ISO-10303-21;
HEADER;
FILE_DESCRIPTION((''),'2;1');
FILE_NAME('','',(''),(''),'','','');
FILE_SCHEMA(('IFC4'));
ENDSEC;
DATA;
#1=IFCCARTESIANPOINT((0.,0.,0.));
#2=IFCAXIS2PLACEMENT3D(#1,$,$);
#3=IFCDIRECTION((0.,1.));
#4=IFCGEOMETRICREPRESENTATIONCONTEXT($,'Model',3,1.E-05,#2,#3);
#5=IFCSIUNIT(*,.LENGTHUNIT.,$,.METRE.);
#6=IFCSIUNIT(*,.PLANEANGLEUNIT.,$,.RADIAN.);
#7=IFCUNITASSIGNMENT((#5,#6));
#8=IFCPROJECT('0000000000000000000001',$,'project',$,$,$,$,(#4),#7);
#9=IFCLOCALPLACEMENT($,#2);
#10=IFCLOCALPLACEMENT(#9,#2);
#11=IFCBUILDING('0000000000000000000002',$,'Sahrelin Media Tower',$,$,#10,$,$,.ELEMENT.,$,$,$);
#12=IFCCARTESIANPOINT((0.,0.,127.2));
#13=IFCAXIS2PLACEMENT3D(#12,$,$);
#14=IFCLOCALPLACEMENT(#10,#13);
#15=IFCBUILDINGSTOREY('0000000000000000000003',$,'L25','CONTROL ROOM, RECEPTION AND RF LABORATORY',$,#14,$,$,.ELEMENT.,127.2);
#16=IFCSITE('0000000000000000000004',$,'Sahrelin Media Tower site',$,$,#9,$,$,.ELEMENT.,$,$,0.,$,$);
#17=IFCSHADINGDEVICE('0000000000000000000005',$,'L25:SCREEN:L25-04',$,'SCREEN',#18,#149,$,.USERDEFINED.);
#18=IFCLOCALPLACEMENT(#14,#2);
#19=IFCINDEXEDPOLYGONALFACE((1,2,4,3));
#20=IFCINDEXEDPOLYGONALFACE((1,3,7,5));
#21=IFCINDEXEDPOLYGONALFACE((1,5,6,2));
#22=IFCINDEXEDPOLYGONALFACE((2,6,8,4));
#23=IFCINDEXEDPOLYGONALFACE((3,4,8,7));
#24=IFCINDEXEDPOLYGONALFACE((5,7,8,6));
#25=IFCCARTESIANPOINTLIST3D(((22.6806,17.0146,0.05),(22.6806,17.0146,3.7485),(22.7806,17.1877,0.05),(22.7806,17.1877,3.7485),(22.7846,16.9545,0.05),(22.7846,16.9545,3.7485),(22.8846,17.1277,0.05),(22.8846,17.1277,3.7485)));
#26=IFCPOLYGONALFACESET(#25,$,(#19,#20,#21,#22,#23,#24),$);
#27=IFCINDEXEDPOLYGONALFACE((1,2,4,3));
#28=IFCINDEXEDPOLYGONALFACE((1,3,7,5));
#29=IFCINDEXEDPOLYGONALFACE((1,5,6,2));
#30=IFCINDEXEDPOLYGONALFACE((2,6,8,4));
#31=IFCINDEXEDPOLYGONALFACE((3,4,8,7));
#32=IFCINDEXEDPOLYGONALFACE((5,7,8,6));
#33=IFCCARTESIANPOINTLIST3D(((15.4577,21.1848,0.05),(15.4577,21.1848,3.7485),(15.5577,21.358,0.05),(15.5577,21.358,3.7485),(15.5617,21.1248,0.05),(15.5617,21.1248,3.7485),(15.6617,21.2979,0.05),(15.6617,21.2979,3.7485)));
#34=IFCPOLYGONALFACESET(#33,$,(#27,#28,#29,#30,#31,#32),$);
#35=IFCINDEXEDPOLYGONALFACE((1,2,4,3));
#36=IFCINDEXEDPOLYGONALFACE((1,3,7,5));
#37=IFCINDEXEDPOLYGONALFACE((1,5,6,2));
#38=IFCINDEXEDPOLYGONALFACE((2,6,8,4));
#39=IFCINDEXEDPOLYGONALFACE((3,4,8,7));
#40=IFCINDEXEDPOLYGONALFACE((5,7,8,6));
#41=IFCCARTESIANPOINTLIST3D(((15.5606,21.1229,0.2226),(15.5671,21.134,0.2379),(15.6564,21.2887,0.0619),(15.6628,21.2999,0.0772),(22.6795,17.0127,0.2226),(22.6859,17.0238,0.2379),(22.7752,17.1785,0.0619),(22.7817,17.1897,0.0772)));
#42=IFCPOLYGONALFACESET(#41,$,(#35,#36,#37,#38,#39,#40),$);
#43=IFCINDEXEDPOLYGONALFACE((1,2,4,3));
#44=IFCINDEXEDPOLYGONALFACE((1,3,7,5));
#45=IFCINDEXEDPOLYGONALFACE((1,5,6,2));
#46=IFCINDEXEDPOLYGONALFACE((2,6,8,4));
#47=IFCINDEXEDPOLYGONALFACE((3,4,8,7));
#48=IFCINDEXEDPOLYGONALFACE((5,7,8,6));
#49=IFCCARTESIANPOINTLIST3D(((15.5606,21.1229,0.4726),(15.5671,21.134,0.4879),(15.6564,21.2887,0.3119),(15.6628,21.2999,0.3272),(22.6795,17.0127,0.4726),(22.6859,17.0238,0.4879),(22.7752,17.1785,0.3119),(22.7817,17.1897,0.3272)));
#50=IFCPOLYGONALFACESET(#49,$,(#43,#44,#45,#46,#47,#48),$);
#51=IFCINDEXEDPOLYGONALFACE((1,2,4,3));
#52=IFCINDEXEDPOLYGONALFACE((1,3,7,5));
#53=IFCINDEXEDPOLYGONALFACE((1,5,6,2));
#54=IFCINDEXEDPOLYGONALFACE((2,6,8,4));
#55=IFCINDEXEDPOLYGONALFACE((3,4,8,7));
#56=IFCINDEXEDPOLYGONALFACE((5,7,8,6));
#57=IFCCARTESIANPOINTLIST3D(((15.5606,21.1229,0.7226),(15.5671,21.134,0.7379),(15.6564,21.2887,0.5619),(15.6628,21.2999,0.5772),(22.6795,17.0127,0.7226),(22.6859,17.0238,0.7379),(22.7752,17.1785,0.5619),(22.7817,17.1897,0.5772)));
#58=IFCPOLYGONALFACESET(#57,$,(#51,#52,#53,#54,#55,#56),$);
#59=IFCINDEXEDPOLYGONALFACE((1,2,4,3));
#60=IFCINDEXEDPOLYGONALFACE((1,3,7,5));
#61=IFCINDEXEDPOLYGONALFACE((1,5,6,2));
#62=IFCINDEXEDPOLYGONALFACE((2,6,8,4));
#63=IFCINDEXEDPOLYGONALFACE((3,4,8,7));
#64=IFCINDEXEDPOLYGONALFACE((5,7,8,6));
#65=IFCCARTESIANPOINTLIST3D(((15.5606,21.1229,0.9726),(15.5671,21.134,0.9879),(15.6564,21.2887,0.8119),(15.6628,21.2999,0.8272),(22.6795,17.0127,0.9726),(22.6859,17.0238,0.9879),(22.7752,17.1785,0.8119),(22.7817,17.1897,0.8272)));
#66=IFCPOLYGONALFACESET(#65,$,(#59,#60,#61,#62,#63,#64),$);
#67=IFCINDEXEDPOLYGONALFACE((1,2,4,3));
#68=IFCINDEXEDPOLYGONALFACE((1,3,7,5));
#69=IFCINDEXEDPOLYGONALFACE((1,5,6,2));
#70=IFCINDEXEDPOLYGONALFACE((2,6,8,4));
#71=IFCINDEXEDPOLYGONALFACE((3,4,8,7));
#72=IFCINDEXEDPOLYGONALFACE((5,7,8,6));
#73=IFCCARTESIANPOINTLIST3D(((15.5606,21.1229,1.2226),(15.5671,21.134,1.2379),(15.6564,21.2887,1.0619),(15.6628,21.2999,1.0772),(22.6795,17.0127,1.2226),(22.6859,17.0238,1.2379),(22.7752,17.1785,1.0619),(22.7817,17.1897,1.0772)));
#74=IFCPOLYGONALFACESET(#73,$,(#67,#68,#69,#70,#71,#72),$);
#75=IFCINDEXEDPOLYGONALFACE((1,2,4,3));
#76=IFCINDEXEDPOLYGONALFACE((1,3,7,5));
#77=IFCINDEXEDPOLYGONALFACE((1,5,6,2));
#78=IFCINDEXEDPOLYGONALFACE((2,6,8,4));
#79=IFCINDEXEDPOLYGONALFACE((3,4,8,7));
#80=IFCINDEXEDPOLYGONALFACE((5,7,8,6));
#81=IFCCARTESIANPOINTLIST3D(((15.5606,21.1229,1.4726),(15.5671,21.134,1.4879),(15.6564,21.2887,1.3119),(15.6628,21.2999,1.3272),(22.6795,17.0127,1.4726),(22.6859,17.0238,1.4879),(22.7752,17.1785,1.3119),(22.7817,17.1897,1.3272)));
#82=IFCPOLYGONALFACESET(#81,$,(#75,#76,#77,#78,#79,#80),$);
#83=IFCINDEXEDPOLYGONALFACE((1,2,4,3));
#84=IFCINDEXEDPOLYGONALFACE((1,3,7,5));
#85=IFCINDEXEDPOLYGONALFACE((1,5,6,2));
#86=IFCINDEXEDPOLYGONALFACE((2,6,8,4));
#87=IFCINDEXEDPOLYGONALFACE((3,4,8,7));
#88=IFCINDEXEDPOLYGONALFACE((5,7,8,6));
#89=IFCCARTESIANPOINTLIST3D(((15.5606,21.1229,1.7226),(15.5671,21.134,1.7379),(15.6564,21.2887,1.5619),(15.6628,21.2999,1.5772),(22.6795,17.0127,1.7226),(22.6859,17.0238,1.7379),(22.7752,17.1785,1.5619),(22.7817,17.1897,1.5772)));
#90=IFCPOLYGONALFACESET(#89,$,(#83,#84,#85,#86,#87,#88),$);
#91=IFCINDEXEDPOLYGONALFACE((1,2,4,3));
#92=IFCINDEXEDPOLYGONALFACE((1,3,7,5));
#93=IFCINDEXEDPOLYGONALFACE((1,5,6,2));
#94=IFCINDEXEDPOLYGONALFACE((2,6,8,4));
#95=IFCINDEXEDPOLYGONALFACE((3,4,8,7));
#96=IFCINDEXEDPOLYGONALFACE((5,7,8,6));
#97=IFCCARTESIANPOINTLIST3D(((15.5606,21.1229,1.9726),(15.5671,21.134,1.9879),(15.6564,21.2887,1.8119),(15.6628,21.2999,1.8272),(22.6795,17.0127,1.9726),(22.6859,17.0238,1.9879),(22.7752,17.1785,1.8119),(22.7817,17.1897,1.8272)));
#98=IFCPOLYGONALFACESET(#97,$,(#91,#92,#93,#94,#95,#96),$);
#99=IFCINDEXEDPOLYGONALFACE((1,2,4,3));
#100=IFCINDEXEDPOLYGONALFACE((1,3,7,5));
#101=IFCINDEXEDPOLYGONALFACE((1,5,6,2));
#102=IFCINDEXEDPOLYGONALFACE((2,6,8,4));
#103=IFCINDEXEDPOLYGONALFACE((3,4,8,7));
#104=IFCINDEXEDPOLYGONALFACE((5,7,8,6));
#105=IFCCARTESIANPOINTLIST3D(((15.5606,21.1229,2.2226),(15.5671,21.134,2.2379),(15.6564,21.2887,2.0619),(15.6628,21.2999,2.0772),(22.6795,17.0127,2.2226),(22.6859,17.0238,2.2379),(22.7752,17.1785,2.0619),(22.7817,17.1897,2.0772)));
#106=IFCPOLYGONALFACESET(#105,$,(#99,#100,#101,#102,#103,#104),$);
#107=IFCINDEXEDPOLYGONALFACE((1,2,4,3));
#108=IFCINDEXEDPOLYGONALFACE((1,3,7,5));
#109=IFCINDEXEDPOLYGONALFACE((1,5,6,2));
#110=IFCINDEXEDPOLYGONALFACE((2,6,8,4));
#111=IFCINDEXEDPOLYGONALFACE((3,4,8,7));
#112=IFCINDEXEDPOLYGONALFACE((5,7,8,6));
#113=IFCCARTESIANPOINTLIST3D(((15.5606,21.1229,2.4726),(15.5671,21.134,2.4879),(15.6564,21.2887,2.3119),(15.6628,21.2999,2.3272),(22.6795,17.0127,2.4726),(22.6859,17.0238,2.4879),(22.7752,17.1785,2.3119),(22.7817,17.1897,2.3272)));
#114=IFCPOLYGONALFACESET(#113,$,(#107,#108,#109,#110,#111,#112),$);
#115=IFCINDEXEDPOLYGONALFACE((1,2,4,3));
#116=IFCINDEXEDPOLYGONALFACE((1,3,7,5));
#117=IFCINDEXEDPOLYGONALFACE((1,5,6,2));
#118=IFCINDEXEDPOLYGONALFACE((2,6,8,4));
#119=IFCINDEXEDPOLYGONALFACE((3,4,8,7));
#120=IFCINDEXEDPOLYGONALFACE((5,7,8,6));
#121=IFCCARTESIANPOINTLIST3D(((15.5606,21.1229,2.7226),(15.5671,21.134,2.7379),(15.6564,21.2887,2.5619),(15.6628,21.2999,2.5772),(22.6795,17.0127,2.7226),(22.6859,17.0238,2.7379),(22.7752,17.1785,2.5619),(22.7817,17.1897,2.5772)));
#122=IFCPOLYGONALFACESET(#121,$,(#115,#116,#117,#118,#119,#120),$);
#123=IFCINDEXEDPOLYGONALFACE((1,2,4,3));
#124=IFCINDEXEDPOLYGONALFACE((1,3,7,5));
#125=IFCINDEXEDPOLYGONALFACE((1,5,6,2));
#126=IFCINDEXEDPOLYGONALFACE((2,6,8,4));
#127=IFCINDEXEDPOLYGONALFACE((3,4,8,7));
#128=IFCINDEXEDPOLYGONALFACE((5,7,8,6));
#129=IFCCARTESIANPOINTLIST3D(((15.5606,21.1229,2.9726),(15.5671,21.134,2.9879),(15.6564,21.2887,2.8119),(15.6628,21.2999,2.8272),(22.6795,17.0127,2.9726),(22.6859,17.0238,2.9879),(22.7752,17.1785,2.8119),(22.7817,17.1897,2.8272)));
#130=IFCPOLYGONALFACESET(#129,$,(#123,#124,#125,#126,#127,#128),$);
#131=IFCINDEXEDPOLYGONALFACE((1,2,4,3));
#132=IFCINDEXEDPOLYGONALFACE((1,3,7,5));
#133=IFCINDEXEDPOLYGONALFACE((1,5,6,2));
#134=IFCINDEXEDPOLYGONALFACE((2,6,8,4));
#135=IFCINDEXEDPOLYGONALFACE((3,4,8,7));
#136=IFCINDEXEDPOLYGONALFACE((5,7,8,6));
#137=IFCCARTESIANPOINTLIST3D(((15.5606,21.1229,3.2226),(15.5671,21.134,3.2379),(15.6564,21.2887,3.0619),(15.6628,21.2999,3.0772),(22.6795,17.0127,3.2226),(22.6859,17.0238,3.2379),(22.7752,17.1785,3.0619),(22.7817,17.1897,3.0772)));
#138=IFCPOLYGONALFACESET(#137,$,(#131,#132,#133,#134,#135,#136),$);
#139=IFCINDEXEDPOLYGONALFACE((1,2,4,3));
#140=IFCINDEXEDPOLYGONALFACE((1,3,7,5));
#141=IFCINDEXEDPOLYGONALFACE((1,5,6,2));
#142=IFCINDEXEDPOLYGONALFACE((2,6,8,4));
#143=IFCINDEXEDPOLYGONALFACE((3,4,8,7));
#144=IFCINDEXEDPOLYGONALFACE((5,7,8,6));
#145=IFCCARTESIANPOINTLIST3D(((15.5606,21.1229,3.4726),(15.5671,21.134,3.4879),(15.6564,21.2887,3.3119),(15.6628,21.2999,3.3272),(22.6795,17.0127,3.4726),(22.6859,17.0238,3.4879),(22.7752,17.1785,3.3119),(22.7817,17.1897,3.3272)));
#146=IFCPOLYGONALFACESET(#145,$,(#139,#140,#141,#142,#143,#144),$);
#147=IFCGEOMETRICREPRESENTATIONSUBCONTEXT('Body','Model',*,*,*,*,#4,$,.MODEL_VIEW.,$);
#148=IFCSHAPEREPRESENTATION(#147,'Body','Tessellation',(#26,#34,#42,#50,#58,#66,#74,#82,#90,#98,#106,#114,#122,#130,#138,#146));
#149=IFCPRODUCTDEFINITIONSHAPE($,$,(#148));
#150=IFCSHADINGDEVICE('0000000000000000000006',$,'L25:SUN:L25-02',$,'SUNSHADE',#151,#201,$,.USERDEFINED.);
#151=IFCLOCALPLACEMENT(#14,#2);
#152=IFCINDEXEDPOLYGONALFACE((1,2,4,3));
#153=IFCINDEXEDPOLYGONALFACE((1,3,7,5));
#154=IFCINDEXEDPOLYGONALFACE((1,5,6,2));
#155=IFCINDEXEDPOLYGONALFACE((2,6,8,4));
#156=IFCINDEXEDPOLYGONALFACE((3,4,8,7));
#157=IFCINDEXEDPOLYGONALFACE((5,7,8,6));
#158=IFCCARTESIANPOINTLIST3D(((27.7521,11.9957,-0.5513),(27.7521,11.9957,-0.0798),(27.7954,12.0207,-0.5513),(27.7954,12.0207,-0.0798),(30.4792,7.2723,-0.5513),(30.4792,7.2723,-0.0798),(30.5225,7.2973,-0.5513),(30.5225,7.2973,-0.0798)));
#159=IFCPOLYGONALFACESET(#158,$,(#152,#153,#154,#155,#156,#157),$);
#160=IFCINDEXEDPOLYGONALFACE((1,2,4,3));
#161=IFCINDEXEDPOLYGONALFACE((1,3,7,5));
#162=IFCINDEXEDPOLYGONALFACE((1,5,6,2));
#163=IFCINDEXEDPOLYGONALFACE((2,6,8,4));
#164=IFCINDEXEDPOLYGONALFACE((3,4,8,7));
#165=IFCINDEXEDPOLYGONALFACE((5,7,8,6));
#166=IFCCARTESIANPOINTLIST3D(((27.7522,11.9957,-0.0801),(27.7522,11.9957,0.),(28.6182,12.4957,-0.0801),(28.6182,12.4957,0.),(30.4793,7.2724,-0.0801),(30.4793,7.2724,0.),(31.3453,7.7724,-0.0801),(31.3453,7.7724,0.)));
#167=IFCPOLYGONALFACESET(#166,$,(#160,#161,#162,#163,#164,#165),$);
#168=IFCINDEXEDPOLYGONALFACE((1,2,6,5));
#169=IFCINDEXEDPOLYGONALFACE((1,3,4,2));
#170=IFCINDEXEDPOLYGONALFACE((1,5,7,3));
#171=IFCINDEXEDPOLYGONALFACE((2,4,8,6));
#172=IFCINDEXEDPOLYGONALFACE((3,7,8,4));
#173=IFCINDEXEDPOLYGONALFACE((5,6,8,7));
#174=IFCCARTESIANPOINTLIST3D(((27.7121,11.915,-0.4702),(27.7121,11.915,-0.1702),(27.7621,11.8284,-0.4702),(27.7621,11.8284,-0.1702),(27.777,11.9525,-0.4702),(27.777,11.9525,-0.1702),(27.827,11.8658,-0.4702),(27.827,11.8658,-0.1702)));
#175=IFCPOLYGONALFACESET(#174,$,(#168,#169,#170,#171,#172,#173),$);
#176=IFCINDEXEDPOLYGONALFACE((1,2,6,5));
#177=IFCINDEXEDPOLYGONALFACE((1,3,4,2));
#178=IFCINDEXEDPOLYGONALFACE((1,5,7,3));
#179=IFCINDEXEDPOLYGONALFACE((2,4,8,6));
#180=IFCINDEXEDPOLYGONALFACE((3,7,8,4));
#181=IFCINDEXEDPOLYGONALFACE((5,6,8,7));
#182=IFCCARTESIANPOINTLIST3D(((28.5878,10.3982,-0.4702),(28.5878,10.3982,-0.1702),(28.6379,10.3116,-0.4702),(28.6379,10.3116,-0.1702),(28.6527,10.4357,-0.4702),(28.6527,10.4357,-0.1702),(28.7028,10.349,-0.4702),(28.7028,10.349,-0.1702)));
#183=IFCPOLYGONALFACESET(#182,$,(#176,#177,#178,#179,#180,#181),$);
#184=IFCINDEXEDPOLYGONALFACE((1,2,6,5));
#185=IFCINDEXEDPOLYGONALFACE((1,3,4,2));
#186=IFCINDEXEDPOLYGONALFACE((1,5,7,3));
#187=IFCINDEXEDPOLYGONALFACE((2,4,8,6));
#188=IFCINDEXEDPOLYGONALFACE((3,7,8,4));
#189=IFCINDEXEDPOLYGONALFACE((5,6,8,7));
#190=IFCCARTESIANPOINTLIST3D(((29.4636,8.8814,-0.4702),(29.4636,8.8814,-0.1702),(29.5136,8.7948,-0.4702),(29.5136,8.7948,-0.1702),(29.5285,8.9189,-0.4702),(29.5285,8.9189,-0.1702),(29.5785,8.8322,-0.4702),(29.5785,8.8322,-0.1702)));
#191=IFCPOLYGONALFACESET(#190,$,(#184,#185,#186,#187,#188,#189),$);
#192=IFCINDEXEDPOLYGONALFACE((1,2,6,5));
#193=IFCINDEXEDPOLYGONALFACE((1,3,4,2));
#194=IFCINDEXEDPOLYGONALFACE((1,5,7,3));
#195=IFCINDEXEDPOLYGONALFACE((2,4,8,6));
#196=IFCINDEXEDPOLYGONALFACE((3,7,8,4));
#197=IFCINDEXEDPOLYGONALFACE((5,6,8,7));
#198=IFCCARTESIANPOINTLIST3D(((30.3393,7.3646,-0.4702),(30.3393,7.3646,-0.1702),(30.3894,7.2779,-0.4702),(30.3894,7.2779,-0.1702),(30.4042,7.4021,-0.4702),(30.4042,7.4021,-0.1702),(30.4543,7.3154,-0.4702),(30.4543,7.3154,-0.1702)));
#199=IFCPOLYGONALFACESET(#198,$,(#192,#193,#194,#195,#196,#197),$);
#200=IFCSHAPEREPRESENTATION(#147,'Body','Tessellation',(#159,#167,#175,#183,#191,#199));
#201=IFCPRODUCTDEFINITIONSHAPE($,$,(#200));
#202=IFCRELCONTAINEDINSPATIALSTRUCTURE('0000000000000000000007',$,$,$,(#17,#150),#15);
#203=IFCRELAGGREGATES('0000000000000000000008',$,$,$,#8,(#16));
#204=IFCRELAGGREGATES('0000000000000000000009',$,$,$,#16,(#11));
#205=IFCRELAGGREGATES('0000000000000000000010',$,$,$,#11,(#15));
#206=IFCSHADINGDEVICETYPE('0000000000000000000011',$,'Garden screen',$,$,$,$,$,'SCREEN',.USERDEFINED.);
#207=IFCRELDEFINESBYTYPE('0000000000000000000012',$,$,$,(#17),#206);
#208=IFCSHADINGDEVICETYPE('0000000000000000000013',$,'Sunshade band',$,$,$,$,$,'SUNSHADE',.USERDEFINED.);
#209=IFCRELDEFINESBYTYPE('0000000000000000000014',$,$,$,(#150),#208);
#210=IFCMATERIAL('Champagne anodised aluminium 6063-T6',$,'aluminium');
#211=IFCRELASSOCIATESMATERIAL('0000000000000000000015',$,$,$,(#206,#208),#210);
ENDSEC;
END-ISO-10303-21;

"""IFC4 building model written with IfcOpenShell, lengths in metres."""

from ifc_helpers import new_model, si_unit, direction, frame, origin, origin_2d, place, context, subcontext, project, spatial, rectangle, extrude, material, type_object, element, save


model = new_model("IFC4")

# Units and contexts
model_context = context("Model", 3, precision=1e-05, world=origin(), true_north=direction((0.0, 1.0)))
body_context = subcontext(model_context, "Body", "Model", "MODEL_VIEW")
ifc_project = project(units=[si_unit("LENGTHUNIT", "METRE"), si_unit("PLANEANGLEUNIT", "RADIAN")], contexts=[model_context])

# Site, building, storey
site_placement = place(None, origin())
site = spatial("IfcSite", under=ifc_project, at=site_placement, Name="Sahrelin Media Tower site", CompositionType="ELEMENT", RefElevation=0.0)
building_placement = place(site_placement, origin())
building = spatial("IfcBuilding", under=site, at=building_placement, Name="Sahrelin Media Tower", CompositionType="ELEMENT")
storey_placement = place(building_placement, frame((0.0, 0.0, 127.2)))
storey = spatial("IfcBuildingStorey", under=building, at=storey_placement, Name="L25", Description="CONTROL ROOM, RECEPTION AND RF LABORATORY", CompositionType="ELEMENT", Elevation=127.2)

# Shared definitions
ifc_material_1 = material(Name="Champagne anodised aluminium 6063-T6", Category="aluminium")

# Shading device
placement_1 = place(storey_placement, frame((29.0984, 9.624, 0.0), z_axis=(0.0, 0.0, 1.0), x_axis=(0.500011, -0.866019, 0.0)))
shading_device_type_1 = type_object("IfcShadingDeviceType", Name="Garden screen", ElementType="SCREEN", PredefinedType="USERDEFINED", material=ifc_material_1)
shading_device_1_placement = place(storey_placement, frame((19.1211, 19.0696, 0.0), z_axis=(0.0, 0.0, 1.0), x_axis=(0.866019, -0.500011, 0.0)))
element("IfcShadingDevice", 1, at=shading_device_1_placement, inside=storey, type_object=shading_device_type_1, Name="L25:SCREEN:L25-04", ObjectType="SCREEN", PredefinedType="USERDEFINED", context=body_context, shape_type="SweptSolid", body=[
    extrude(rectangle(XDim=0.1201, YDim=0.2, at=origin_2d()), frame((4.1702, 0.1001, 0.05), z_axis=(0.0, 0.0, 1.0), x_axis=(1.0, 0.0, 0.0)), (0.0, 0.0, 1.0), 3.6985),
    extrude(rectangle(XDim=0.1201, YDim=0.2, at=origin_2d()), frame((-4.1702, 0.1001, 0.05), z_axis=(0.0, 0.0, 1.0), x_axis=(1.0, 0.0, 0.0)), (0.0, 0.0, 1.0), 3.6985),
    extrude(rectangle(XDim=0.25, YDim=0.02, at=origin_2d()), frame((4.1101, 0.1001, 0.1499), z_axis=(-1.0, 0.0, 0.0), x_axis=(0.0, -0.766044, 0.642788)), (0.0, 0.0, 1.0), 8.2202),
    extrude(rectangle(XDim=0.25, YDim=0.02, at=origin_2d()), frame((4.1101, 0.1001, 0.3999), z_axis=(-1.0, 0.0, 0.0), x_axis=(0.0, -0.766044, 0.642788)), (0.0, 0.0, 1.0), 8.2202),
    extrude(rectangle(XDim=0.25, YDim=0.02, at=origin_2d()), frame((4.1101, 0.1001, 0.6499), z_axis=(-1.0, 0.0, 0.0), x_axis=(0.0, -0.766044, 0.642788)), (0.0, 0.0, 1.0), 8.2202),
    extrude(rectangle(XDim=0.25, YDim=0.02, at=origin_2d()), frame((4.1101, 0.1001, 0.8999), z_axis=(-1.0, 0.0, 0.0), x_axis=(0.0, -0.766044, 0.642788)), (0.0, 0.0, 1.0), 8.2202),
    extrude(rectangle(XDim=0.25, YDim=0.02, at=origin_2d()), frame((4.1101, 0.1001, 1.1499), z_axis=(-1.0, 0.0, 0.0), x_axis=(0.0, -0.766044, 0.642788)), (0.0, 0.0, 1.0), 8.2202),
    extrude(rectangle(XDim=0.25, YDim=0.02, at=origin_2d()), frame((4.1101, 0.1001, 1.3999), z_axis=(-1.0, 0.0, 0.0), x_axis=(0.0, -0.766044, 0.642788)), (0.0, 0.0, 1.0), 8.2202),
    extrude(rectangle(XDim=0.25, YDim=0.02, at=origin_2d()), frame((4.1101, 0.1001, 1.6499), z_axis=(-1.0, 0.0, 0.0), x_axis=(0.0, -0.766044, 0.642788)), (0.0, 0.0, 1.0), 8.2202),
    extrude(rectangle(XDim=0.25, YDim=0.02, at=origin_2d()), frame((4.1101, 0.1001, 1.8999), z_axis=(-1.0, 0.0, 0.0), x_axis=(0.0, -0.766044, 0.642788)), (0.0, 0.0, 1.0), 8.2202),
    extrude(rectangle(XDim=0.25, YDim=0.02, at=origin_2d()), frame((4.1101, 0.1001, 2.1499), z_axis=(-1.0, 0.0, 0.0), x_axis=(0.0, -0.766044, 0.642788)), (0.0, 0.0, 1.0), 8.2202),
    extrude(rectangle(XDim=0.25, YDim=0.02, at=origin_2d()), frame((4.1101, 0.1001, 2.3999), z_axis=(-1.0, 0.0, 0.0), x_axis=(0.0, -0.766044, 0.642788)), (0.0, 0.0, 1.0), 8.2202),
    extrude(rectangle(XDim=0.25, YDim=0.02, at=origin_2d()), frame((4.1101, 0.1001, 2.6499), z_axis=(-1.0, 0.0, 0.0), x_axis=(0.0, -0.766044, 0.642788)), (0.0, 0.0, 1.0), 8.2202),
    extrude(rectangle(XDim=0.25, YDim=0.02, at=origin_2d()), frame((4.1101, 0.1001, 2.8999), z_axis=(-1.0, 0.0, 0.0), x_axis=(0.0, -0.766044, 0.642788)), (0.0, 0.0, 1.0), 8.2202),
    extrude(rectangle(XDim=0.25, YDim=0.02, at=origin_2d()), frame((4.1101, 0.1001, 3.1499), z_axis=(-1.0, 0.0, 0.0), x_axis=(0.0, -0.766044, 0.642788)), (0.0, 0.0, 1.0), 8.2202),
    extrude(rectangle(XDim=0.25, YDim=0.02, at=origin_2d()), frame((4.1101, 0.1001, 3.3999), z_axis=(-1.0, 0.0, 0.0), x_axis=(0.0, -0.766044, 0.642788)), (0.0, 0.0, 1.0), 8.2202),
])

# Shading device
shading_device_type_2 = type_object("IfcShadingDeviceType", Name="Sunshade band", ElementType="SUNSHADE", PredefinedType="USERDEFINED", material=ifc_material_1)
element("IfcShadingDevice", 2, at=placement_1, inside=storey, type_object=shading_device_type_2, Name="L25:SUN:L25-02", ObjectType="SUNSHADE", PredefinedType="USERDEFINED", context=body_context, shape_type="SweptSolid", body=[
    extrude(rectangle(XDim=5.4541, YDim=0.05, at=origin_2d()), frame((0.0, 0.0449, -0.5513)), (0.0, 0.0, 1.0), 0.4714),
    extrude(rectangle(XDim=5.4541, YDim=1.0, at=origin_2d()), frame((0.0, 0.52, -0.0801)), (0.0, 0.0, 1.0), 0.0801),
    extrude(rectangle(XDim=0.1001, YDim=0.075, at=origin_2d()), frame((-2.6272, -0.0176, -0.4702)), (0.0, 0.0, 1.0), 0.3),
    extrude(rectangle(XDim=0.1001, YDim=0.075, at=origin_2d()), frame((-0.8757, -0.0176, -0.4702)), (0.0, 0.0, 1.0), 0.3),
    extrude(rectangle(XDim=0.1001, YDim=0.075, at=origin_2d()), frame((0.8757, -0.0176, -0.4702)), (0.0, 0.0, 1.0), 0.3),
    extrude(rectangle(XDim=0.1001, YDim=0.075, at=origin_2d()), frame((2.6272, -0.0176, -0.4702)), (0.0, 0.0, 1.0), 0.3),
])

save(model, "model.ifc")
